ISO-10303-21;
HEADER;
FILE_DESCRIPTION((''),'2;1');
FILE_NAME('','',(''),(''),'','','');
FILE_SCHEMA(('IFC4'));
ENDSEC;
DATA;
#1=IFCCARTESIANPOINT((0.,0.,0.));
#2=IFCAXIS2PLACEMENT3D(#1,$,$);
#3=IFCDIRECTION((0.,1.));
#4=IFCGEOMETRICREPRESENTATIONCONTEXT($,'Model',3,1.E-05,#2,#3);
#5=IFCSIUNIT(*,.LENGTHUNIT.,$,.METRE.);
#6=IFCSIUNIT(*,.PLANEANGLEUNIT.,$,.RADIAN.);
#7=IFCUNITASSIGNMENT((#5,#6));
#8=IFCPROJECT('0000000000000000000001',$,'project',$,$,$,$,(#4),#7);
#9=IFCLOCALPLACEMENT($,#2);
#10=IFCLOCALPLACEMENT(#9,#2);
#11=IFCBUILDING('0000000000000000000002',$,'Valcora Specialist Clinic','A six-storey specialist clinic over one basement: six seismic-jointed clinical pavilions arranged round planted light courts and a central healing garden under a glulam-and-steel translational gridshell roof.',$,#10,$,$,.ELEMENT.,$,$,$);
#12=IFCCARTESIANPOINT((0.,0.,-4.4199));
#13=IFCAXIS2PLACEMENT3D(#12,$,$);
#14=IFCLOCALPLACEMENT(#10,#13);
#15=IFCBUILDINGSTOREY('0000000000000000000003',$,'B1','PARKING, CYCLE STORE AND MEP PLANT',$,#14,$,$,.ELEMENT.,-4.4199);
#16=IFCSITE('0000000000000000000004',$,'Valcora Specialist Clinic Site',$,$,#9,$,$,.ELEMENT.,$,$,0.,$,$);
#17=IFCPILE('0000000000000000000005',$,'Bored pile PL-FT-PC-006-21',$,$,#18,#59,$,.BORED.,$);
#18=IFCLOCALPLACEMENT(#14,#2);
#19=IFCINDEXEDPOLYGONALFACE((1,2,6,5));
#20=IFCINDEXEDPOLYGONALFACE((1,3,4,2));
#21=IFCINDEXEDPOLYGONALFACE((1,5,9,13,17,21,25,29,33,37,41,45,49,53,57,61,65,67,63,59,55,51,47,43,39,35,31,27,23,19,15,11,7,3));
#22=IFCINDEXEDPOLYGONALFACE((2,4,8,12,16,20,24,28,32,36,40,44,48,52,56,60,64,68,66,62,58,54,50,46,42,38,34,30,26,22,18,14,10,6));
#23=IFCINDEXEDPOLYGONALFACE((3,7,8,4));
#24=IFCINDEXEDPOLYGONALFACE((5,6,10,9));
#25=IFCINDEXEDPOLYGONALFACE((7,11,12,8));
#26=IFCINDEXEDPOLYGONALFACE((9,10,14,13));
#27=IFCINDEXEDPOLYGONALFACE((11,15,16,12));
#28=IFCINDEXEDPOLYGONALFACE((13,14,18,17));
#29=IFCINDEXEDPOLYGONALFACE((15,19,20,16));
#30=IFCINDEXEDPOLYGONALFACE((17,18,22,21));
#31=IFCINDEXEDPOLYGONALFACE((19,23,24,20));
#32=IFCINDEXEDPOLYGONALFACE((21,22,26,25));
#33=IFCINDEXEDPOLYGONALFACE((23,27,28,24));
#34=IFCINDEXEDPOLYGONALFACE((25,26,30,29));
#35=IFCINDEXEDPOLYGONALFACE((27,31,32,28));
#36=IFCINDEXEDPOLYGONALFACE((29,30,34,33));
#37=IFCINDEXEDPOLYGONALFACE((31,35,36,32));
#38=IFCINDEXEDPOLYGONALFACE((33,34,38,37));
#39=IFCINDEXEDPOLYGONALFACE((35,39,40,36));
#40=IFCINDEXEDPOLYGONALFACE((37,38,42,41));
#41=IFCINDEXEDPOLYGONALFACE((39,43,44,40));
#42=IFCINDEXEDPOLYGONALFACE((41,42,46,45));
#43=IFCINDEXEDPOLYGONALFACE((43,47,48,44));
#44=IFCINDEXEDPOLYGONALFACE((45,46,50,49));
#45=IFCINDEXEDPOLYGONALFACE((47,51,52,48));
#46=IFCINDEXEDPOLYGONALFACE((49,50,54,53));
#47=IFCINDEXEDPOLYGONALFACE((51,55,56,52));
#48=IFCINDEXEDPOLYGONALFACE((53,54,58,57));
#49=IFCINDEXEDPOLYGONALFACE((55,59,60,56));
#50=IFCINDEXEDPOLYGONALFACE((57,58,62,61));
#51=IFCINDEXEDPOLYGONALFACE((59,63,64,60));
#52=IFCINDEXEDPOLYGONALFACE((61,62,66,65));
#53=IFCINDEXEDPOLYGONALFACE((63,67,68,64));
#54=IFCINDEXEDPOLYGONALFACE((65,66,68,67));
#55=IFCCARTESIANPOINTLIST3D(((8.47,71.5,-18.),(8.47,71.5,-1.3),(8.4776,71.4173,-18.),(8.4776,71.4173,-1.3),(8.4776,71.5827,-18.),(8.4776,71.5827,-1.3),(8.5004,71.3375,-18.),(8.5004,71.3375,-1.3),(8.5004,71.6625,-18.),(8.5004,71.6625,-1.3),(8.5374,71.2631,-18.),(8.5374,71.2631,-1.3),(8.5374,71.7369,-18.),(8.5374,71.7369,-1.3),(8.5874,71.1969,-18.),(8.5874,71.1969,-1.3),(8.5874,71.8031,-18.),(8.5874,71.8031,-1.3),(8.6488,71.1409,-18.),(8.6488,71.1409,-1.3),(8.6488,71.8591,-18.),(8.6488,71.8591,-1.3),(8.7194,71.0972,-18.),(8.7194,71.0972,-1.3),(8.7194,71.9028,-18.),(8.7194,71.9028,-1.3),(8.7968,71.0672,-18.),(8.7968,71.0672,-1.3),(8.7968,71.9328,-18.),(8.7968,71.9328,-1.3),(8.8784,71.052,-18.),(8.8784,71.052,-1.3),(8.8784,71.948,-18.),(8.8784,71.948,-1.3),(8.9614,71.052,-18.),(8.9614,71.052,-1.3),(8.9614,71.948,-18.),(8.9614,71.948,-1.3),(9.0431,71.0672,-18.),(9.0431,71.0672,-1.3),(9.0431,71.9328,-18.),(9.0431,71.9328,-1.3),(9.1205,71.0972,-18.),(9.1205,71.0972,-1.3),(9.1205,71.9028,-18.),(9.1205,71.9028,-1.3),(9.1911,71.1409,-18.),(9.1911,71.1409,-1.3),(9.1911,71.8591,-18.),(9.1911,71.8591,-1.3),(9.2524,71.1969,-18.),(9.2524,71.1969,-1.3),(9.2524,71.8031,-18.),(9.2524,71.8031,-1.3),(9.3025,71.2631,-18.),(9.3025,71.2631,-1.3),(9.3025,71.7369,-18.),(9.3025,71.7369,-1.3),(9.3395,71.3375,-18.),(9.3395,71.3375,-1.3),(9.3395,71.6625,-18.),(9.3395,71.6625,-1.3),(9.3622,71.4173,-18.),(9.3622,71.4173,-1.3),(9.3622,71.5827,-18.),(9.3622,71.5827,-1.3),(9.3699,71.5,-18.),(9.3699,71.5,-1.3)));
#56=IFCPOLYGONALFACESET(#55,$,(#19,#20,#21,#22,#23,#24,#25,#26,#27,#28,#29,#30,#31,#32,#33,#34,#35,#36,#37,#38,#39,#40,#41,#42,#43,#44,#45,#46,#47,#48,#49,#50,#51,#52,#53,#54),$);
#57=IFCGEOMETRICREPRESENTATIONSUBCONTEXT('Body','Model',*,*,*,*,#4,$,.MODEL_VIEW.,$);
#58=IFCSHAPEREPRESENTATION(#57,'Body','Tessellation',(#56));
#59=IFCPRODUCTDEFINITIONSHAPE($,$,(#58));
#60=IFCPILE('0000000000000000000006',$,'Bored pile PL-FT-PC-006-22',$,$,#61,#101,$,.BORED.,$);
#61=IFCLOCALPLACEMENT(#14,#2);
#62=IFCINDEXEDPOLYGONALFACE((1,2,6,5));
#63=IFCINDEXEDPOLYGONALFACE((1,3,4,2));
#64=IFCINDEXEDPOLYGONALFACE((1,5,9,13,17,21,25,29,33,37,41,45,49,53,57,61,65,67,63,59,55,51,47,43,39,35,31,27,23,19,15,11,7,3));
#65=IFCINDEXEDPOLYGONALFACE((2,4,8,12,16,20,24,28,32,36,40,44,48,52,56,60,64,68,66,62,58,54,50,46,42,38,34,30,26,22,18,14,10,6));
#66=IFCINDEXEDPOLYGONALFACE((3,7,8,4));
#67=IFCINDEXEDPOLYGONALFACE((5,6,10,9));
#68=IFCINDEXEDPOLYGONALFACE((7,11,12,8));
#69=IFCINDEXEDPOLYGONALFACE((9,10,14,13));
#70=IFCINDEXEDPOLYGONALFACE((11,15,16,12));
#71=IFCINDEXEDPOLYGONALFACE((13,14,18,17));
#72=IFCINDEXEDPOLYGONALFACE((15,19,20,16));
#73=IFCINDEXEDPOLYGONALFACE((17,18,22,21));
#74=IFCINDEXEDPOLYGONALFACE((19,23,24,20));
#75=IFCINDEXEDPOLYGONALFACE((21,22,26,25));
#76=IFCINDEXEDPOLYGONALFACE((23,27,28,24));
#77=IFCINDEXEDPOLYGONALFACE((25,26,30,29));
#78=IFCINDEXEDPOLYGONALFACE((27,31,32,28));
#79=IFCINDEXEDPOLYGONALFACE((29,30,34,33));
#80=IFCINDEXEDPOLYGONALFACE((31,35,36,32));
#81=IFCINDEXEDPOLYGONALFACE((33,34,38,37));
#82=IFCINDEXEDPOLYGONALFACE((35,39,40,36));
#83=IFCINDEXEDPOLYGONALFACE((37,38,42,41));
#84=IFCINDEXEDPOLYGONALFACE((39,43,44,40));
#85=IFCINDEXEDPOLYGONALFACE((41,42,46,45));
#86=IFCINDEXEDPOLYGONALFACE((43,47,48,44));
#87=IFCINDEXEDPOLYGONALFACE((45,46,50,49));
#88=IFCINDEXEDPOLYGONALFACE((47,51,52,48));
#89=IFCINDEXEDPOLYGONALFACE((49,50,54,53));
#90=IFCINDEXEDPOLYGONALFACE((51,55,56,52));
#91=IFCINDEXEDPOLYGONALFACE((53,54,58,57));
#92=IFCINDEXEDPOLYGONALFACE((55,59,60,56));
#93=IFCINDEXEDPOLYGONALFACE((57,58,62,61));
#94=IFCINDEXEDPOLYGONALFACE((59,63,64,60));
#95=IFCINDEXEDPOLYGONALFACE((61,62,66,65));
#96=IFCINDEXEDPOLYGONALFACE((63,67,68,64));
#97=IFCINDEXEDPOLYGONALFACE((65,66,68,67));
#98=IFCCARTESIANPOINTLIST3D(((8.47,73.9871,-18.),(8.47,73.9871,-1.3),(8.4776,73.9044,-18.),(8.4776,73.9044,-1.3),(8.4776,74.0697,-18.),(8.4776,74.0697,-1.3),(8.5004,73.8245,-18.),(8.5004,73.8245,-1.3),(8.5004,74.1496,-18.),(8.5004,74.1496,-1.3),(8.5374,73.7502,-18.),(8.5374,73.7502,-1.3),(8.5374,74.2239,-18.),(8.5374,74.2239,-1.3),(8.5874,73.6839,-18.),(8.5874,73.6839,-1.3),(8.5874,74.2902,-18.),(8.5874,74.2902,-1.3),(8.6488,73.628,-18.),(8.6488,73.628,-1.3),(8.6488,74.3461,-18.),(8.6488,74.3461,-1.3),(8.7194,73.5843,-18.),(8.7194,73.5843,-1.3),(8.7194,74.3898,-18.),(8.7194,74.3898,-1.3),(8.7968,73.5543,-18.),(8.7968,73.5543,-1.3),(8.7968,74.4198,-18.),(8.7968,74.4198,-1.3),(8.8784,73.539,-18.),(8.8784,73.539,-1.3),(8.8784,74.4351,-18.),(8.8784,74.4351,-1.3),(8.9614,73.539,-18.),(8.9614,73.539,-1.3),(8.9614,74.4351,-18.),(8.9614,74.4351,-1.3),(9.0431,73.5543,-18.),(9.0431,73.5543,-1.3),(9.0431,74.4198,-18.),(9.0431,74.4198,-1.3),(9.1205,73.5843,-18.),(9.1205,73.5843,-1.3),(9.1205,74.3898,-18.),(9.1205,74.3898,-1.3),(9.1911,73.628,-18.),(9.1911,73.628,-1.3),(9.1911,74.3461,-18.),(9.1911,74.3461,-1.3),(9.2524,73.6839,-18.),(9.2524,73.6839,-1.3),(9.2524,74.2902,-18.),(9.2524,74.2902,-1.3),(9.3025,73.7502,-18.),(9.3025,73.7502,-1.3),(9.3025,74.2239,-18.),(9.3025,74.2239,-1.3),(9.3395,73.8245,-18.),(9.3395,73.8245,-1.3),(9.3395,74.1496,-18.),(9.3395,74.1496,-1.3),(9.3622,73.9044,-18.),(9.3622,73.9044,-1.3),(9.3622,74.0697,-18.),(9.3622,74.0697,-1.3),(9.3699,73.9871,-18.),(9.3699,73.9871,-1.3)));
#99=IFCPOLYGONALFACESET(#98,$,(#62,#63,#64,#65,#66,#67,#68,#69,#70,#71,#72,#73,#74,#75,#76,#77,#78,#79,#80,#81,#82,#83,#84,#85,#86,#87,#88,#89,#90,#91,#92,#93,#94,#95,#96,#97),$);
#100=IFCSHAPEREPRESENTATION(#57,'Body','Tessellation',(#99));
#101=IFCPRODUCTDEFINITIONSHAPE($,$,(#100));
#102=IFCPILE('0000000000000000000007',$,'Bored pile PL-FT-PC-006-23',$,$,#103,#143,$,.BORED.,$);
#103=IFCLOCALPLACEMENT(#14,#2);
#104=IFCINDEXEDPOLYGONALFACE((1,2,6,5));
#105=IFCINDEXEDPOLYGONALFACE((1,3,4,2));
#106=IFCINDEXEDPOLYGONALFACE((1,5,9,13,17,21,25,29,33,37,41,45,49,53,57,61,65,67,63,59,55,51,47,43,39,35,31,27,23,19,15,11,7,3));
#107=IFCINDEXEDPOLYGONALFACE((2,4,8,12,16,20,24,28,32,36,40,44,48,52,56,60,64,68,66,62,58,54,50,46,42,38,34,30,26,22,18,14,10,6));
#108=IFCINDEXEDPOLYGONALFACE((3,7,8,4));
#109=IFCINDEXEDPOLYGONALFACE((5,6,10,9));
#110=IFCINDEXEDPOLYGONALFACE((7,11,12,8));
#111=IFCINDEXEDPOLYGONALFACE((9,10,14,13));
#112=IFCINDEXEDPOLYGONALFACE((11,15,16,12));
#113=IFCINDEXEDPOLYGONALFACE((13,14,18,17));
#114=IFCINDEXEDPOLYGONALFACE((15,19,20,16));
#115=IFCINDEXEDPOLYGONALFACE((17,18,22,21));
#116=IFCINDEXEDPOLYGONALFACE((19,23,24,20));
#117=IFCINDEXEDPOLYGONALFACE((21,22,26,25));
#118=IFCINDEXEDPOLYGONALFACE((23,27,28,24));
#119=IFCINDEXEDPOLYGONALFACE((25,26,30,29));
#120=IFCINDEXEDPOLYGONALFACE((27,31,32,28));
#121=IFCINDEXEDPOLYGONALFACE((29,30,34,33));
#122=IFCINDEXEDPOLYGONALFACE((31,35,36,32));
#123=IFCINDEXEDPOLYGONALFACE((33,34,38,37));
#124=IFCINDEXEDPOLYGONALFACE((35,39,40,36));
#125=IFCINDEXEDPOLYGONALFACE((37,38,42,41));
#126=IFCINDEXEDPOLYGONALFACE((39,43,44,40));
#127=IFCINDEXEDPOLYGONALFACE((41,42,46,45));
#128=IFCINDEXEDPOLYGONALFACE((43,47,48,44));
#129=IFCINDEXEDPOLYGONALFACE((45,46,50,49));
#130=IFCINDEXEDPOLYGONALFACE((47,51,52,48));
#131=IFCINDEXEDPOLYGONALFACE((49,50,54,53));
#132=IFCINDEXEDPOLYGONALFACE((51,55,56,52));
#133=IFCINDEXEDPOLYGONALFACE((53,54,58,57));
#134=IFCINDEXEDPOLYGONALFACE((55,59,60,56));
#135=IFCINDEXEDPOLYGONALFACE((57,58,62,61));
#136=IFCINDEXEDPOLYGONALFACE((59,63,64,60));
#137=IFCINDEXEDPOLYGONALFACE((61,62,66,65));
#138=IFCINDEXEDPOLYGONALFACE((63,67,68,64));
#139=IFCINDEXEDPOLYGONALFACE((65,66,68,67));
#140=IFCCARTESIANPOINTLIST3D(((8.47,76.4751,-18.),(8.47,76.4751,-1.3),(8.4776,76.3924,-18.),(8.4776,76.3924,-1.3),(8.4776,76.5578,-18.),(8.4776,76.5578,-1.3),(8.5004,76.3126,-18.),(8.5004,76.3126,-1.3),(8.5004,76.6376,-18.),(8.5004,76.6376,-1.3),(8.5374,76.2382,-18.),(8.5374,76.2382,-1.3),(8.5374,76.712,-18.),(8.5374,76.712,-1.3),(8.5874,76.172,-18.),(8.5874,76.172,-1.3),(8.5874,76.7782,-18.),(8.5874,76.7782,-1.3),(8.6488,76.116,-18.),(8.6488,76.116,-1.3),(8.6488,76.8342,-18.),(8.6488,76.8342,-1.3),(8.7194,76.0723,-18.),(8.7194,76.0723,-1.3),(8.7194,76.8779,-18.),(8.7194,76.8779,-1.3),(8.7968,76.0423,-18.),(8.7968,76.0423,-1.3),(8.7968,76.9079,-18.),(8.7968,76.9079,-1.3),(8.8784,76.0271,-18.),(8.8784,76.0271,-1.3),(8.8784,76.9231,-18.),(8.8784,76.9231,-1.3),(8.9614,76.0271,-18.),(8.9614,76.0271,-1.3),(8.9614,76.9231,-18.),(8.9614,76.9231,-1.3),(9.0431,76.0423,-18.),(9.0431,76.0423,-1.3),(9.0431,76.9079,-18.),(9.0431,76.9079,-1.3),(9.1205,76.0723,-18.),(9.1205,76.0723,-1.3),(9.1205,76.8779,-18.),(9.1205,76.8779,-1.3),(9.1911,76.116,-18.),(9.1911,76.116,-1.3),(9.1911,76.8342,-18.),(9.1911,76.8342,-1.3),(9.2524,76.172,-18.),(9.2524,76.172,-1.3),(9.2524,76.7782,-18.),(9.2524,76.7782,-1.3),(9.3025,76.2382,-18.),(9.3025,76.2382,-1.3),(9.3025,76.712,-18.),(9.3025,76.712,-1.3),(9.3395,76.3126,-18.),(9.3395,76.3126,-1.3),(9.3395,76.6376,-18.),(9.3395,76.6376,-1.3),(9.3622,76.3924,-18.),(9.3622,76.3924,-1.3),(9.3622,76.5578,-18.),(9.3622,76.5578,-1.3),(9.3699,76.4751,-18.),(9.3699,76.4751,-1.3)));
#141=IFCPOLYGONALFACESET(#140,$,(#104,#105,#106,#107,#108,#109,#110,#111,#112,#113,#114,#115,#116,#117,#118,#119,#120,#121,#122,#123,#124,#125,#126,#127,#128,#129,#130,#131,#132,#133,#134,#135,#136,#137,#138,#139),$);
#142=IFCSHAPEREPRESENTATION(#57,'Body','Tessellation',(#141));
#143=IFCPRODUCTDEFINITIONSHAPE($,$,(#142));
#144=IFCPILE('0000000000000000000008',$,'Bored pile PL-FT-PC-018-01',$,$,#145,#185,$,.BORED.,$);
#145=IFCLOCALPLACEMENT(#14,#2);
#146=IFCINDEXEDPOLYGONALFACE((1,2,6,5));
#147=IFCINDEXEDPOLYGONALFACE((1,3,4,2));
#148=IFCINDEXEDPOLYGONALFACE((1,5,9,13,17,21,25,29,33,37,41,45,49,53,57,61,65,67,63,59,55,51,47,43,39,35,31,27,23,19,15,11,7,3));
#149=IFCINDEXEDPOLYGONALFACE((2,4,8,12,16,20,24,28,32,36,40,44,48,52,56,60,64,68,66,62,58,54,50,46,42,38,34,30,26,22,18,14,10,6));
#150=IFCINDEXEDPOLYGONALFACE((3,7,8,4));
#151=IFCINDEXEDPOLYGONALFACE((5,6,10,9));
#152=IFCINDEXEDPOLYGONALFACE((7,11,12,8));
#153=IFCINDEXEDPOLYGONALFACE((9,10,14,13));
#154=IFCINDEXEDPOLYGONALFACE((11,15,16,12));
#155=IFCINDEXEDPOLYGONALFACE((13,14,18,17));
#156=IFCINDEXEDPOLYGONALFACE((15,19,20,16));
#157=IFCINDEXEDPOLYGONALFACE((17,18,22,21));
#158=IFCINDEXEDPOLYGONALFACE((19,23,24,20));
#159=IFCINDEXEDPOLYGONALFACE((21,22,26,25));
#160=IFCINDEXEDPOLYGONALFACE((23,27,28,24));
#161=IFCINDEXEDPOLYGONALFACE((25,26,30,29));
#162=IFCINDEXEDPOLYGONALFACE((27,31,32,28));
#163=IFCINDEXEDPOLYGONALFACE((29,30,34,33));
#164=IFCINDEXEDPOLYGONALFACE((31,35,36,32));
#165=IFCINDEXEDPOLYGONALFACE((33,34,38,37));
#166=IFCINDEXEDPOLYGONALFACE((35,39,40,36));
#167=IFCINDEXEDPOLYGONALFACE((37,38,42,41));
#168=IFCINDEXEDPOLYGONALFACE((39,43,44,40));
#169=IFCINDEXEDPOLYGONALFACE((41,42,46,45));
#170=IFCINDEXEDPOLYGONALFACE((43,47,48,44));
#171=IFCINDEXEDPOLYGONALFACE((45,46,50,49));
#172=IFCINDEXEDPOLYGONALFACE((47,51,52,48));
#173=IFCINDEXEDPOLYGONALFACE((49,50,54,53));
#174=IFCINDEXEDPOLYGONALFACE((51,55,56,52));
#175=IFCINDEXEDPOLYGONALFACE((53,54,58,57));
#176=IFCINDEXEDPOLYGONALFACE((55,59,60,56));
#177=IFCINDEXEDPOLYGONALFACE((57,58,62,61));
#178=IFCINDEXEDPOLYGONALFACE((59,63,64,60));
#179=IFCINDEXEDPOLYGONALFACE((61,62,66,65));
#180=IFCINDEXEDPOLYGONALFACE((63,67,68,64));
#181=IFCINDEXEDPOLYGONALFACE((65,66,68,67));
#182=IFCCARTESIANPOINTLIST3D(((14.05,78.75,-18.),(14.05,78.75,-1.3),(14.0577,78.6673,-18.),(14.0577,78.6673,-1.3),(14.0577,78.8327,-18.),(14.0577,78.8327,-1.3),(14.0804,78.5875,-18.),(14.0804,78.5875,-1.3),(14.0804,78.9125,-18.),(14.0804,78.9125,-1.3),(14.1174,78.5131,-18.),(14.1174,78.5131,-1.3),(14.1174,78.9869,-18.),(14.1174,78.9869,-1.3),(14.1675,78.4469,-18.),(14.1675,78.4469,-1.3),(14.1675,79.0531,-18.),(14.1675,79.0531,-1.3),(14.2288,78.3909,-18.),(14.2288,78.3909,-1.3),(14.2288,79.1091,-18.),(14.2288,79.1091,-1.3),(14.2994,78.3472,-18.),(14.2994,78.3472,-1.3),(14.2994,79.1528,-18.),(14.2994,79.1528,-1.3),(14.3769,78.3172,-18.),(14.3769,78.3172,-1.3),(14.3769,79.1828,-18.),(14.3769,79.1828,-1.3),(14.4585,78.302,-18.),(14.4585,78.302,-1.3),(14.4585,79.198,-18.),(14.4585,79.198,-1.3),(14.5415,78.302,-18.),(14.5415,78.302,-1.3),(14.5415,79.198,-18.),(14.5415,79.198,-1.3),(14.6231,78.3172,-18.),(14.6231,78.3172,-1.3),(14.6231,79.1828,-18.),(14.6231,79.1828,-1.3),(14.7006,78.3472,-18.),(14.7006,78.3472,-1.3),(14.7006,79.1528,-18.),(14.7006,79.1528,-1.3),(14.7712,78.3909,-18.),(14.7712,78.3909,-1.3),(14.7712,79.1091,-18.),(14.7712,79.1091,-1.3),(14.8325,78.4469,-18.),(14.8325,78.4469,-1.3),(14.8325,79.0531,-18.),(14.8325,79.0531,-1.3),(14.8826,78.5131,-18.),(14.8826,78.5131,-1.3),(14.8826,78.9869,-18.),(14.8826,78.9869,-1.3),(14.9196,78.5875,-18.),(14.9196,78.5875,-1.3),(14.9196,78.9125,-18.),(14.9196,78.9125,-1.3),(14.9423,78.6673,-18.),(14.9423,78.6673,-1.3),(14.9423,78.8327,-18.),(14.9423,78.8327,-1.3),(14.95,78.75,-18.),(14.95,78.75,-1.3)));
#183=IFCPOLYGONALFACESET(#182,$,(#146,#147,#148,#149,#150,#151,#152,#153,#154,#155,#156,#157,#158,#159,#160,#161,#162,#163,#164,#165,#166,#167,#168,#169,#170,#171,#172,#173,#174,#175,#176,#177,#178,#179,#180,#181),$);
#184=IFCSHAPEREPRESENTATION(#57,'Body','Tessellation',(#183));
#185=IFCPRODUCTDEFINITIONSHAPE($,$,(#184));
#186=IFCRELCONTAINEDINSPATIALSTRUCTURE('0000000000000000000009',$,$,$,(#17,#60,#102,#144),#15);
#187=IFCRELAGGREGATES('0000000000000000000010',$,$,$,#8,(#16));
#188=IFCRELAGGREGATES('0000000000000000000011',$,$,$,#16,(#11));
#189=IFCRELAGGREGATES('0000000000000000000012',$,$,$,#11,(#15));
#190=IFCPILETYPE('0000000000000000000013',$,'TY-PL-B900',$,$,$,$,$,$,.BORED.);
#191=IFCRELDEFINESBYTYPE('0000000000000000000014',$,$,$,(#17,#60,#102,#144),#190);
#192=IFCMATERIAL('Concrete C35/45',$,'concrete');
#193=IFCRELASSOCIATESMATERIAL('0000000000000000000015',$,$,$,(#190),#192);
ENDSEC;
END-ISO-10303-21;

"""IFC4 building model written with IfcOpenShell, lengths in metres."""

from ifc_helpers import new_model, si_unit, direction, frame, origin, origin_2d, place, context, subcontext, project, spatial, circle, extrude, material, material_profile, profile_set, type_object, element, save


model = new_model("IFC4")

# Units and contexts
model_context = context("Model", 3, precision=1e-05, world=origin(), true_north=direction((0.0, 1.0)))
body_context = subcontext(model_context, "Body", "Model", "MODEL_VIEW")
ifc_project = project(units=[si_unit("LENGTHUNIT", "METRE"), si_unit("PLANEANGLEUNIT", "RADIAN")], contexts=[model_context])

# Site, building, storey
site_placement = place(None, origin())
site = spatial("IfcSite", under=ifc_project, at=site_placement, Name="Valcora Specialist Clinic Site", CompositionType="ELEMENT", RefElevation=0.0)
building_placement = place(site_placement, origin())
building = spatial("IfcBuilding", under=site, at=building_placement, Name="Valcora Specialist Clinic", Description="A six-storey specialist clinic over one basement: six seismic-jointed clinical pavilions arranged round planted light courts and a central healing garden under a glulam-and-steel translational gridshell roof.", CompositionType="ELEMENT")
storey_placement = place(building_placement, frame((0.0, 0.0, -4.4199)))
storey = spatial("IfcBuildingStorey", under=building, at=storey_placement, Name="B1", Description="PARKING, CYCLE STORE AND MEP PLANT", CompositionType="ELEMENT", Elevation=-4.4199)

# Shared definitions
ifc_material_1 = material(Name="Concrete C35/45", Category="concrete")

# Piles
ifc_material_profile_1 = material_profile(ifc_material_1, circle(Radius=0.45, at=origin_2d()), Name="RC-PIL-D900")
ifc_profile_set_1 = profile_set([ifc_material_profile_1], Name="Concrete C35/45")
pile_type_1 = type_object("IfcPileType", Name="TY-PL-B900", PredefinedType="BORED", material=ifc_profile_set_1)
for number, where, z_axis, x_axis, name in (
    (1, (8.9199, 71.5, -1.3), (0.0, 0.0, -1.0), (1.0, 0.0, 0.0), "Bored pile PL-FT-PC-006-21"),
    (2, (8.9199, 73.9871, -1.3), (0.0, 0.0, -1.0), (1.0, 0.0, 0.0), "Bored pile PL-FT-PC-006-22"),
    (3, (8.9199, 76.4751, -1.3), (0.0, 0.0, -1.0), (1.0, 0.0, 0.0), "Bored pile PL-FT-PC-006-23"),
    (4, (14.5, 78.75, -1.3), (0.0, 0.0, -1.0), (1.0, 0.0, 0.0), "Bored pile PL-FT-PC-018-01"),
):
    element("IfcPile", number, at=place(storey_placement, frame(where, z_axis=z_axis, x_axis=x_axis)), inside=storey, type_object=pile_type_1, Name=name, PredefinedType="BORED", context=body_context, shape_type="SweptSolid", body=[
        extrude(circle(Radius=0.45, at=origin_2d()), origin(), (0.0, 0.0, 1.0), 16.7),
    ])

save(model, "model.ifc")
